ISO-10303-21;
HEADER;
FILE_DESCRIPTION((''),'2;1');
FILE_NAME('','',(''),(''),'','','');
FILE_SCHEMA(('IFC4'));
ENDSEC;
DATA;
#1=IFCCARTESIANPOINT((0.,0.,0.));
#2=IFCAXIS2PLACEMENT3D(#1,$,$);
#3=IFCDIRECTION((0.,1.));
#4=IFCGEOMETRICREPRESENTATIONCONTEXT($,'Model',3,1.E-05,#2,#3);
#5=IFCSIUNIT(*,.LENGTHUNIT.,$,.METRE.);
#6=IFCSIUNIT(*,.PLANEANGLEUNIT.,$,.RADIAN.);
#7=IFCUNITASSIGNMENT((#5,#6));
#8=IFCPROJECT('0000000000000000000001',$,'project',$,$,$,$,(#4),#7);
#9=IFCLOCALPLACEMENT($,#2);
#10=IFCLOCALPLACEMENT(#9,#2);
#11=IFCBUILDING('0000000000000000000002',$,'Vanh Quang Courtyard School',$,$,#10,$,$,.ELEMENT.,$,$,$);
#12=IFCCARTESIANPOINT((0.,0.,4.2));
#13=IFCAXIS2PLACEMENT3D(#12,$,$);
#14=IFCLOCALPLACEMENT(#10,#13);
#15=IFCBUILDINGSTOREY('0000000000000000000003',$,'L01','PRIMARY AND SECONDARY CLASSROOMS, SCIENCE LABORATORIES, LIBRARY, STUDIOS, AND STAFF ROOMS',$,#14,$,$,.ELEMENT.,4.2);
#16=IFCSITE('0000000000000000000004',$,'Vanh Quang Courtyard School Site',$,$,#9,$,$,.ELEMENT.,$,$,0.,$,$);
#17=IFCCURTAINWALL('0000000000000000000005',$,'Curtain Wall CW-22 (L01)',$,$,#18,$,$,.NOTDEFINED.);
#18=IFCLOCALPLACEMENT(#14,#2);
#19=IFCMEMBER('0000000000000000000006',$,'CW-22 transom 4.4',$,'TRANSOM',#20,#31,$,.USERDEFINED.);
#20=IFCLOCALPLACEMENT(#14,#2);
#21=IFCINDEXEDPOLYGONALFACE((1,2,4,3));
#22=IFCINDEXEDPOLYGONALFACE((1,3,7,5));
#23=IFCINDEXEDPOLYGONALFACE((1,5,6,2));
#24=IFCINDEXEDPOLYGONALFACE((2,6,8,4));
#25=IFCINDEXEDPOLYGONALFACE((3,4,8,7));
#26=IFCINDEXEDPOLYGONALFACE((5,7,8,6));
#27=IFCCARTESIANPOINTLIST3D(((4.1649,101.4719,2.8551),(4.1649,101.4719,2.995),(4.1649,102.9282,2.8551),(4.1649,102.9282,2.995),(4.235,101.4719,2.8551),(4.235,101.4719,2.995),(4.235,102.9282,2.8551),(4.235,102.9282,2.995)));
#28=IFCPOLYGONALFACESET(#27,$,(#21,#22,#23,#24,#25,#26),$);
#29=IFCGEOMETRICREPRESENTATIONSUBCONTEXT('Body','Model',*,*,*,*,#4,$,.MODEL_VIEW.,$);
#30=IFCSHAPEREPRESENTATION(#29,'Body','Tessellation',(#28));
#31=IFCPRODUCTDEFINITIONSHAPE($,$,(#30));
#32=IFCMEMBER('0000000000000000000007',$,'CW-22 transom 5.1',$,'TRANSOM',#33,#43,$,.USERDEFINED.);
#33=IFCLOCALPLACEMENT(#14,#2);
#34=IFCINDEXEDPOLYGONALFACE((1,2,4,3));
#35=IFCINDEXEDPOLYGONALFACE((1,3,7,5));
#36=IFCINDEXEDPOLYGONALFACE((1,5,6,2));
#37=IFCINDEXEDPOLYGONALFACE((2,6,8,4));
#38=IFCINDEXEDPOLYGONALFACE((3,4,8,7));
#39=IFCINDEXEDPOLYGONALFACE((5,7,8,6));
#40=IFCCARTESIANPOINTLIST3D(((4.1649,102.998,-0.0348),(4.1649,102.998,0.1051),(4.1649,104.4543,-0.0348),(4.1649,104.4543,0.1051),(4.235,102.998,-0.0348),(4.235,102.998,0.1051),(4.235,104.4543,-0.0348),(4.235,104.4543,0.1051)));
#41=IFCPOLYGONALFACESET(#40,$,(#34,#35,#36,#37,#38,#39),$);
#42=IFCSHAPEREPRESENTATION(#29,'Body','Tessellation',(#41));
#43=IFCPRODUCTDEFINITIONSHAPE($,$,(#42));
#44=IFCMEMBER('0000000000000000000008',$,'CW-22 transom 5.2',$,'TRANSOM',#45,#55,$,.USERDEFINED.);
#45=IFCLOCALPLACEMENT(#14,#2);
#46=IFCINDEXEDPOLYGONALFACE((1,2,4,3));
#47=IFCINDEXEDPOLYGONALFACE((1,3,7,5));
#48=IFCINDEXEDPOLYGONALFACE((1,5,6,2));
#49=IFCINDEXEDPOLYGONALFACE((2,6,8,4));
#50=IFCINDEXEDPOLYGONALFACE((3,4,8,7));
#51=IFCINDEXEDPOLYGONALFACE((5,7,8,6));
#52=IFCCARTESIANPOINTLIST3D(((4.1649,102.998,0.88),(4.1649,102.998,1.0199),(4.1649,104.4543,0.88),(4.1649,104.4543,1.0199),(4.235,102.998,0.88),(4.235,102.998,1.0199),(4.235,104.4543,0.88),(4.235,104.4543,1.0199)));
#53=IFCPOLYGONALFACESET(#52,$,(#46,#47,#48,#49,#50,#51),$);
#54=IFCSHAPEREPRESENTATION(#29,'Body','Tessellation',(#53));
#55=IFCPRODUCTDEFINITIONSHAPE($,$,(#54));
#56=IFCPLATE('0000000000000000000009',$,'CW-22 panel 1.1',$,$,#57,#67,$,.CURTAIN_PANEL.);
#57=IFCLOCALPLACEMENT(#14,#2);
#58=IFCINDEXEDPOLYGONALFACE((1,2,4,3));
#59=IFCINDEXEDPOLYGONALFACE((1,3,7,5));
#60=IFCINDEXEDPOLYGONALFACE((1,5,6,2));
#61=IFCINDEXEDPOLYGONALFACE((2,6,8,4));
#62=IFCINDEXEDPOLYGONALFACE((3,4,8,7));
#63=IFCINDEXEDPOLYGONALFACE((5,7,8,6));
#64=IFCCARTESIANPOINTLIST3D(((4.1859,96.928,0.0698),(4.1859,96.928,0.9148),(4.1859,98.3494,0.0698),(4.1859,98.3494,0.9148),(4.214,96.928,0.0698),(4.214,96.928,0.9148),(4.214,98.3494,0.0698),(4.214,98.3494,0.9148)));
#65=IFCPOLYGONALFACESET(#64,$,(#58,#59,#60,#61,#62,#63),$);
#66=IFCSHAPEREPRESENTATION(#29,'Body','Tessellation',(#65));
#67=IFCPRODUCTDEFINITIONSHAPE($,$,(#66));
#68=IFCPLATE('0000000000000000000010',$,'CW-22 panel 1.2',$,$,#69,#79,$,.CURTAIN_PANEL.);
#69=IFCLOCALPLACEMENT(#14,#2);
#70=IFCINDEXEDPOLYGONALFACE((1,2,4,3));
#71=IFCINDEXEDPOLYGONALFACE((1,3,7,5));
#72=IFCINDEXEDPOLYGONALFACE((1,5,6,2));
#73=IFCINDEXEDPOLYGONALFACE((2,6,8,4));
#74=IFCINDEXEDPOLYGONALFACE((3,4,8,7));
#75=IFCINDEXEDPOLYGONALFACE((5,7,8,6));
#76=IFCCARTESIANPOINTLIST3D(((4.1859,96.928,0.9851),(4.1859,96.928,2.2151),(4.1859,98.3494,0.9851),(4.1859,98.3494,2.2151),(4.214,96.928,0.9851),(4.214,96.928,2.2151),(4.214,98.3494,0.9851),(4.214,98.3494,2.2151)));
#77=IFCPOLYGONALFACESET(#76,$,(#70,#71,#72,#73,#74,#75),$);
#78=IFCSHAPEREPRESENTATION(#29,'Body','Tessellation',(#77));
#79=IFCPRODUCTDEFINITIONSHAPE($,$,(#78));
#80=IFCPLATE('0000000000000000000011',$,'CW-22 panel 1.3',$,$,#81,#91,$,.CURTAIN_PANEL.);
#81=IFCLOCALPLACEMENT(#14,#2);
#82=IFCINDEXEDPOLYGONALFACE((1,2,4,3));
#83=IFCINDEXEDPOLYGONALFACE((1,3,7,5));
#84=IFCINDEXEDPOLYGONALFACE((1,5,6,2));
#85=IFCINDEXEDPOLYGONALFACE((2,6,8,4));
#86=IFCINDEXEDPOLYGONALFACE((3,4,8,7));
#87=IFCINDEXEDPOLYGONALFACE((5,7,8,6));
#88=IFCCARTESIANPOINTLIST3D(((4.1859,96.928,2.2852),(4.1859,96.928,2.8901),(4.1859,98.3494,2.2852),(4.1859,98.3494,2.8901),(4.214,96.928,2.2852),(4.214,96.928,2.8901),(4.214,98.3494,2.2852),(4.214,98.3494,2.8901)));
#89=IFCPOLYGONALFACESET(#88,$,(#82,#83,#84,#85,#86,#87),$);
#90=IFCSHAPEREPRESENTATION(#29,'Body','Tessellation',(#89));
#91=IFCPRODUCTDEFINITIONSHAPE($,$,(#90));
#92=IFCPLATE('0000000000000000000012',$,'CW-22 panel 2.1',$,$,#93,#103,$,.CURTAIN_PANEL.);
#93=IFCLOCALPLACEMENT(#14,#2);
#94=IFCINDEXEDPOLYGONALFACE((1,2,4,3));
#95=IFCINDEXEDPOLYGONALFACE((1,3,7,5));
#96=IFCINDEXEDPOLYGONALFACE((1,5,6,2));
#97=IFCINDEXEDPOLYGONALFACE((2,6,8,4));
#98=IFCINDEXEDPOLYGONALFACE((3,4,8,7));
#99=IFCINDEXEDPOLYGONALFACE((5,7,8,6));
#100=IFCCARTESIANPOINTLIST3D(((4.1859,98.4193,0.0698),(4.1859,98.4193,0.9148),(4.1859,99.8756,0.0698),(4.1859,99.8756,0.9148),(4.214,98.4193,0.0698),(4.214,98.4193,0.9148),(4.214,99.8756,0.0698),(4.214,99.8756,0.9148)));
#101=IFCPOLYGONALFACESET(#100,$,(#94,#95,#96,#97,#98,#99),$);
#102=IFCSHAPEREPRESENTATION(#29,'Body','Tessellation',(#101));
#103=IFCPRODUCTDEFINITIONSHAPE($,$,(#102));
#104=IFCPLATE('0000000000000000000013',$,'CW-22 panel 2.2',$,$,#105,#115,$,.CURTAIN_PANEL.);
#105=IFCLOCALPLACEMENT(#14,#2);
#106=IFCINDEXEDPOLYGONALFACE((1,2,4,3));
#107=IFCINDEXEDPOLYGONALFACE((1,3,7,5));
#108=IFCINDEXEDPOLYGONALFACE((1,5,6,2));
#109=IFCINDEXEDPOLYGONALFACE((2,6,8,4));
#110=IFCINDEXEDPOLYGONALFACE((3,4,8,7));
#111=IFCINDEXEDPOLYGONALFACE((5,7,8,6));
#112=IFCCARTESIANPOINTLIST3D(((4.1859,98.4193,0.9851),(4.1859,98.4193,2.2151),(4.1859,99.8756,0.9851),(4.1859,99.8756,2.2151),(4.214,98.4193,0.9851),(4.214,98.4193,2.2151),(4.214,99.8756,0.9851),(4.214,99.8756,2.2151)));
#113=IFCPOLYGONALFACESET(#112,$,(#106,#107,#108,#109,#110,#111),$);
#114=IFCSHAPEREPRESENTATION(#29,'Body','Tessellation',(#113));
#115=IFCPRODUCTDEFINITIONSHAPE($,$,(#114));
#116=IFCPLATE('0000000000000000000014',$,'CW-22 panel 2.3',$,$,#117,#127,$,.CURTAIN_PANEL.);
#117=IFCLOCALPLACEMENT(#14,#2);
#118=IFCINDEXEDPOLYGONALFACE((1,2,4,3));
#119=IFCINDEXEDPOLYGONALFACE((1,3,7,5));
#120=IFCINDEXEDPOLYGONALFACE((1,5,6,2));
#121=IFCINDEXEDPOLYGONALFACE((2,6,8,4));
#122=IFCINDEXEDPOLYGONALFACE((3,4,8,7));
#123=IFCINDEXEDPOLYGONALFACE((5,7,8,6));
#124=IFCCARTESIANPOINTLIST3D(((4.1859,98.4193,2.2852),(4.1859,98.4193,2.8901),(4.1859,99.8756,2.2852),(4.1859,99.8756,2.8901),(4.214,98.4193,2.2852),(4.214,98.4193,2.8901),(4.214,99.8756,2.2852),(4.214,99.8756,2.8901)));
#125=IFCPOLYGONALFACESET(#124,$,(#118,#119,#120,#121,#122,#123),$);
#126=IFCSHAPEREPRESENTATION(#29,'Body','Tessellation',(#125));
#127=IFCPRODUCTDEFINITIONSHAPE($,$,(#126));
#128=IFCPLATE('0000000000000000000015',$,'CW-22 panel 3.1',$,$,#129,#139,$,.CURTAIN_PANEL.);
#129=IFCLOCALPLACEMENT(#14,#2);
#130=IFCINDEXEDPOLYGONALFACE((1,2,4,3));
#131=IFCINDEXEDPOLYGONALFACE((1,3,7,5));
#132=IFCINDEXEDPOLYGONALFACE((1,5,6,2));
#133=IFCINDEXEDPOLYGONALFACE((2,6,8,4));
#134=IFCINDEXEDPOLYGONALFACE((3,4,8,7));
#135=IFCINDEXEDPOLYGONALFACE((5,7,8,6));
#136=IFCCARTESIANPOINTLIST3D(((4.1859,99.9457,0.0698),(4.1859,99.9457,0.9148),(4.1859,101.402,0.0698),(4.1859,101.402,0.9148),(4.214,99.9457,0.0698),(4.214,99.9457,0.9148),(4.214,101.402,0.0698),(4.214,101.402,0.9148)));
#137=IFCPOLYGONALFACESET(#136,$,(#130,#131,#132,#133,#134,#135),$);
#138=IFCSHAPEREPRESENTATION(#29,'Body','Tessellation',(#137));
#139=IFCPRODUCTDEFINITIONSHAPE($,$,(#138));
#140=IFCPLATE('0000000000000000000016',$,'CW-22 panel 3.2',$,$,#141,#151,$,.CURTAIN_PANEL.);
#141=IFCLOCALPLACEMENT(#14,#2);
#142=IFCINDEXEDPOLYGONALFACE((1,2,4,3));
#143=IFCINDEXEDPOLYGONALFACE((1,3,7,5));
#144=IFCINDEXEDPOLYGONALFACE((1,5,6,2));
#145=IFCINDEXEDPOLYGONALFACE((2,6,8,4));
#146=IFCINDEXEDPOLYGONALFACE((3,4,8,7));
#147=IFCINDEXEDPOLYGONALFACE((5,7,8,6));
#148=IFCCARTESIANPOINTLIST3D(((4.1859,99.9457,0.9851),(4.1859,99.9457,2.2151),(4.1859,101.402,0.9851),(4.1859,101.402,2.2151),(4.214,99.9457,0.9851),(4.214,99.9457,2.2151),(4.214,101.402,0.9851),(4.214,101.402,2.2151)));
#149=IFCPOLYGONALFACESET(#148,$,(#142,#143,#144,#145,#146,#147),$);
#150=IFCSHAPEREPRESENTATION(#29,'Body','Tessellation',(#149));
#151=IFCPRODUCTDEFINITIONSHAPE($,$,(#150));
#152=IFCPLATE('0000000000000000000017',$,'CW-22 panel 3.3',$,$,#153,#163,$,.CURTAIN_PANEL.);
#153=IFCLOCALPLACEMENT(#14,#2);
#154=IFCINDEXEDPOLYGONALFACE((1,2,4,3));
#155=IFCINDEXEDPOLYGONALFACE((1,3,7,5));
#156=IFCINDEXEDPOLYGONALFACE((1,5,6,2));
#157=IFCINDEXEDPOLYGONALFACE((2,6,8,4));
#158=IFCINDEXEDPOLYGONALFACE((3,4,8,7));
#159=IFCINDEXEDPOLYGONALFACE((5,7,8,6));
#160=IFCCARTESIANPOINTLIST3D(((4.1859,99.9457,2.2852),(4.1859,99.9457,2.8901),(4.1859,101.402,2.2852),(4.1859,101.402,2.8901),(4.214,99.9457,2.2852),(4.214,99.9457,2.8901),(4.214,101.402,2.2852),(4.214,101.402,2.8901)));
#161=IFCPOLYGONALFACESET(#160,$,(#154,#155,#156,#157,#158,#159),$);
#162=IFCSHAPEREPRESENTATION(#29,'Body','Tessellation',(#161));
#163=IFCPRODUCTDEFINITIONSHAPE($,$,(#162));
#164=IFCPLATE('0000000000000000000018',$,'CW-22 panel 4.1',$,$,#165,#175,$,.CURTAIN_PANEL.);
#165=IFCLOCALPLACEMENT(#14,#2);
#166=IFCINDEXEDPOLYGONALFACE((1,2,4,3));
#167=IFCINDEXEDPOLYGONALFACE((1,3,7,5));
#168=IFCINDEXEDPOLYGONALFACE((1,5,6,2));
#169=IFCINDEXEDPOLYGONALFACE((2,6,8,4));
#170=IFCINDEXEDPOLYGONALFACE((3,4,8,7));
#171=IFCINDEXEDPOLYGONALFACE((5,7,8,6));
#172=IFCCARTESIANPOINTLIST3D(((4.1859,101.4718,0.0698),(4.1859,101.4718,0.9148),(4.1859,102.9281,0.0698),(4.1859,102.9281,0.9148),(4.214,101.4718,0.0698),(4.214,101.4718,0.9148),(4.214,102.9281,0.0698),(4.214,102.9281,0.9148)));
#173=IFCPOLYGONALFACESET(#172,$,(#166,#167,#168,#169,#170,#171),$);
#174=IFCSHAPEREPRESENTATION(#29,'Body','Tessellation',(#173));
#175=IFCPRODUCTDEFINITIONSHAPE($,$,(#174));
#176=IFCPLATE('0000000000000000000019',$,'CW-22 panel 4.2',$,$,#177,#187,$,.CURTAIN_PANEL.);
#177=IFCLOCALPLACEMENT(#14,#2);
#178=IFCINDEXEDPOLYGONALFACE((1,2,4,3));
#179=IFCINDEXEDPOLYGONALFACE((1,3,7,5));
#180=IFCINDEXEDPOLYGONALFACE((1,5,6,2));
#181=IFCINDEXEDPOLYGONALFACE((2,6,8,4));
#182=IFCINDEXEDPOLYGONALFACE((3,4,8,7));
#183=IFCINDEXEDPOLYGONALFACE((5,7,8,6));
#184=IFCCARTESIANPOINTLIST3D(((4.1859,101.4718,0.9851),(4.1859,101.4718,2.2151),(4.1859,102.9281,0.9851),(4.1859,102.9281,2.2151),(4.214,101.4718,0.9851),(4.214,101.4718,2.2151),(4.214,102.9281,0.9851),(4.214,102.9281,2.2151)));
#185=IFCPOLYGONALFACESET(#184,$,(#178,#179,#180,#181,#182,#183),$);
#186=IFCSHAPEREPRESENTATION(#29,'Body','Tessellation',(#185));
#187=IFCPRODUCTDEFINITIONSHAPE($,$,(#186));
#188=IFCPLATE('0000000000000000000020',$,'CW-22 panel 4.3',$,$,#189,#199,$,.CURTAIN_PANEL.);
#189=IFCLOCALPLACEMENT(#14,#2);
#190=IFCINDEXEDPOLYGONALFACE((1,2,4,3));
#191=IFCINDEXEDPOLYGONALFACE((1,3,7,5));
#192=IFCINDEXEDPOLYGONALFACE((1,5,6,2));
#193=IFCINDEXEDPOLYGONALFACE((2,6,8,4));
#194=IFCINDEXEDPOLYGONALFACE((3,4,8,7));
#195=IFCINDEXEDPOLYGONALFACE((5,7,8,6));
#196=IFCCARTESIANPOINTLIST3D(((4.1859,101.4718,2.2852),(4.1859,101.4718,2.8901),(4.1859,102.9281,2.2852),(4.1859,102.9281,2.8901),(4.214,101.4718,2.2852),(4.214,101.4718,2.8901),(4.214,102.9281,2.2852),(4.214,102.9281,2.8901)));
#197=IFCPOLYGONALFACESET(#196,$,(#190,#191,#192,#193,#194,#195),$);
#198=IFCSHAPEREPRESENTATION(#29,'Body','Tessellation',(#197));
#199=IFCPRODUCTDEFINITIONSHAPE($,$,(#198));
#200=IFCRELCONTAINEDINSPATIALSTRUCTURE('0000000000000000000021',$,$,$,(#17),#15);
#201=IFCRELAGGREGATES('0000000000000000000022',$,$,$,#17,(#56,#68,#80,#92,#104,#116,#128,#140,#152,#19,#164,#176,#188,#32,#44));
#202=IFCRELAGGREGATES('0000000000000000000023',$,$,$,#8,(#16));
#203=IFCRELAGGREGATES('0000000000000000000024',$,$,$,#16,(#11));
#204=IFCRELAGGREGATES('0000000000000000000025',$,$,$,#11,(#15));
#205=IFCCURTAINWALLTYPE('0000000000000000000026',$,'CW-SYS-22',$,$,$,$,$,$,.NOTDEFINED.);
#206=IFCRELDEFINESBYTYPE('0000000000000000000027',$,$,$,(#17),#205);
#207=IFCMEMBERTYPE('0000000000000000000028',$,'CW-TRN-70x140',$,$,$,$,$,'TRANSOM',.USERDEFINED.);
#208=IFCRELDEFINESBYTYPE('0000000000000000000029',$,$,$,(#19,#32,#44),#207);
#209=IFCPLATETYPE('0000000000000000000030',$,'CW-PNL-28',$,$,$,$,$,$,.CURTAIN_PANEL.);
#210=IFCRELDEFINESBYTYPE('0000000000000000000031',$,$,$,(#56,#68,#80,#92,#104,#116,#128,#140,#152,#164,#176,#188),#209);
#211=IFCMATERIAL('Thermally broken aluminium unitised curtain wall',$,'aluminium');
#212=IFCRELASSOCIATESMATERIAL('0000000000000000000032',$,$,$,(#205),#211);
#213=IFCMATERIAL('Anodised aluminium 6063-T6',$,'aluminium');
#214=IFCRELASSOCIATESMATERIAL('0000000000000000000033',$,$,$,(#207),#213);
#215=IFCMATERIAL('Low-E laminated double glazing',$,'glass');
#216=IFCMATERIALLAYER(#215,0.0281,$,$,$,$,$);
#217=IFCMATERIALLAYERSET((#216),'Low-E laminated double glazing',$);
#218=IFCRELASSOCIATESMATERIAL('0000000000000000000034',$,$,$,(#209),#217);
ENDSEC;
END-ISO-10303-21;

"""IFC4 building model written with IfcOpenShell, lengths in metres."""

from ifc_helpers import new_model, si_unit, direction, frame, origin, origin_2d, place, context, subcontext, project, spatial, rectangle, extrude, material, layer, layer_set, material_profile, profile_set, type_object, element, aggregate, save


model = new_model("IFC4")

# Units and contexts
model_context = context("Model", 3, precision=1e-05, world=origin(), true_north=direction((0.0, 1.0)))
body_context = subcontext(model_context, "Body", "Model", "MODEL_VIEW")
ifc_project = project(units=[si_unit("LENGTHUNIT", "METRE"), si_unit("PLANEANGLEUNIT", "RADIAN")], contexts=[model_context])

# Site, building, storey
site_placement = place(None, origin())
site = spatial("IfcSite", under=ifc_project, at=site_placement, Name="Vanh Quang Courtyard School Site", CompositionType="ELEMENT", RefElevation=0.0)
building_placement = place(site_placement, origin())
building = spatial("IfcBuilding", under=site, at=building_placement, Name="Vanh Quang Courtyard School", CompositionType="ELEMENT")
storey_placement = place(building_placement, frame((0.0, 0.0, 4.2)))
storey = spatial("IfcBuildingStorey", under=building, at=storey_placement, Name="L01", Description="PRIMARY AND SECONDARY CLASSROOMS, SCIENCE LABORATORIES, LIBRARY, STUDIOS, AND STAFF ROOMS", CompositionType="ELEMENT", Elevation=4.2)

# Curtain wall, members, plates
ifc_material_1 = material(Name="Thermally broken aluminium unitised curtain wall", Category="aluminium")
curtain_wall_type = type_object("IfcCurtainWallType", Name="CW-SYS-22", PredefinedType="NOTDEFINED", material=ifc_material_1)
curtain_wall_placement = place(storey_placement, origin())
curtain_wall = element("IfcCurtainWall", 1, at=curtain_wall_placement, inside=storey, type_object=curtain_wall_type, Name="Curtain Wall CW-22 (L01)", PredefinedType="NOTDEFINED")
ifc_material_2 = material(Name="Anodised aluminium 6063-T6", Category="aluminium")
ifc_material_profile_1 = material_profile(ifc_material_2, rectangle(XDim=0.0701, YDim=0.1399, at=origin_2d()), Name="ALU-TRN 70x140")
ifc_profile_set_1 = profile_set([ifc_material_profile_1], Name="Anodised aluminium 6063-T6")
member_type_1 = type_object("IfcMemberType", Name="CW-TRN-70x140", ElementType="TRANSOM", PredefinedType="USERDEFINED", material=ifc_profile_set_1)
member_1_placement = place(storey_placement, frame((4.2, 101.4719, 2.925), z_axis=(0.0, 1.0, 0.0), x_axis=(-1.0, 0.0, 0.0)))
member_1 = element("IfcMember", 2, at=member_1_placement, type_object=member_type_1, Name="CW-22 transom 4.4", ObjectType="TRANSOM", PredefinedType="USERDEFINED", context=body_context, shape_type="SweptSolid", body=[
    extrude(rectangle(XDim=0.0701, YDim=0.1399, at=origin_2d()), origin(), (0.0, 0.0, 1.0), 1.4563),
])
member_2_placement = place(storey_placement, frame((4.2, 102.998, 0.0352), z_axis=(0.0, 1.0, 0.0), x_axis=(-1.0, 0.0, 0.0)))
member_2 = element("IfcMember", 3, at=member_2_placement, type_object=member_type_1, Name="CW-22 transom 5.1", ObjectType="TRANSOM", PredefinedType="USERDEFINED", context=body_context, shape_type="SweptSolid", body=[
    extrude(rectangle(XDim=0.0701, YDim=0.1399, at=origin_2d()), origin(), (0.0, 0.0, 1.0), 1.4563),
])
member_3_placement = place(storey_placement, frame((4.2, 102.998, 0.95), z_axis=(0.0, 1.0, 0.0), x_axis=(-1.0, 0.0, 0.0)))
member_3 = element("IfcMember", 4, at=member_3_placement, type_object=member_type_1, Name="CW-22 transom 5.2", ObjectType="TRANSOM", PredefinedType="USERDEFINED", context=body_context, shape_type="SweptSolid", body=[
    extrude(rectangle(XDim=0.0701, YDim=0.1399, at=origin_2d()), origin(), (0.0, 0.0, 1.0), 1.4563),
])
ifc_material_3 = material(Name="Low-E laminated double glazing", Category="glass")
ifc_layer = layer(ifc_material_3, 0.0281)
ifc_layer_set = layer_set([ifc_layer], Name="Low-E laminated double glazing")
plate_type = type_object("IfcPlateType", Name="CW-PNL-28", PredefinedType="CURTAIN_PANEL", material=ifc_layer_set)
plate_1_placement = place(storey_placement, frame((4.2, 97.6387, 0.0698), z_axis=(0.0, 0.0, 1.0), x_axis=(0.0, 1.0, 0.0)))
plate_1 = element("IfcPlate", 5, at=plate_1_placement, type_object=plate_type, Name="CW-22 panel 1.1", PredefinedType="CURTAIN_PANEL", context=body_context, shape_type="SweptSolid", body=[
    extrude(rectangle(XDim=1.4214, YDim=0.0281, at=origin_2d()), origin(), (0.0, 0.0, 1.0), 0.845),
])
plate_2_placement = place(storey_placement, frame((4.2, 97.6387, 0.9851), z_axis=(0.0, 0.0, 1.0), x_axis=(0.0, 1.0, 0.0)))
plate_2 = element("IfcPlate", 6, at=plate_2_placement, type_object=plate_type, Name="CW-22 panel 1.2", PredefinedType="CURTAIN_PANEL", context=body_context, shape_type="SweptSolid", body=[
    extrude(rectangle(XDim=1.4214, YDim=0.0281, at=origin_2d()), origin(), (0.0, 0.0, 1.0), 1.23),
])
plate_3_placement = place(storey_placement, frame((4.2, 97.6387, 2.2852), z_axis=(0.0, 0.0, 1.0), x_axis=(0.0, 1.0, 0.0)))
plate_3 = element("IfcPlate", 7, at=plate_3_placement, type_object=plate_type, Name="CW-22 panel 1.3", PredefinedType="CURTAIN_PANEL", context=body_context, shape_type="SweptSolid", body=[
    extrude(rectangle(XDim=1.4214, YDim=0.0281, at=origin_2d()), origin(), (0.0, 0.0, 1.0), 0.605),
])
plate_4_placement = place(storey_placement, frame((4.2, 99.1475, 0.0698), z_axis=(0.0, 0.0, 1.0), x_axis=(0.0, 1.0, 0.0)))
plate_4 = element("IfcPlate", 8, at=plate_4_placement, type_object=plate_type, Name="CW-22 panel 2.1", PredefinedType="CURTAIN_PANEL", context=body_context, shape_type="SweptSolid", body=[
    extrude(rectangle(XDim=1.4563, YDim=0.0281, at=origin_2d()), origin(), (0.0, 0.0, 1.0), 0.845),
])
plate_5_placement = place(storey_placement, frame((4.2, 99.1475, 0.9851), z_axis=(0.0, 0.0, 1.0), x_axis=(0.0, 1.0, 0.0)))
plate_5 = element("IfcPlate", 9, at=plate_5_placement, type_object=plate_type, Name="CW-22 panel 2.2", PredefinedType="CURTAIN_PANEL", context=body_context, shape_type="SweptSolid", body=[
    extrude(rectangle(XDim=1.4563, YDim=0.0281, at=origin_2d()), origin(), (0.0, 0.0, 1.0), 1.23),
])
plate_6_placement = place(storey_placement, frame((4.2, 99.1475, 2.2852), z_axis=(0.0, 0.0, 1.0), x_axis=(0.0, 1.0, 0.0)))
plate_6 = element("IfcPlate", 10, at=plate_6_placement, type_object=plate_type, Name="CW-22 panel 2.3", PredefinedType="CURTAIN_PANEL", context=body_context, shape_type="SweptSolid", body=[
    extrude(rectangle(XDim=1.4563, YDim=0.0281, at=origin_2d()), origin(), (0.0, 0.0, 1.0), 0.605),
])
plate_7_placement = place(storey_placement, frame((4.2, 100.6738, 0.0698), z_axis=(0.0, 0.0, 1.0), x_axis=(0.0, 1.0, 0.0)))
plate_7 = element("IfcPlate", 11, at=plate_7_placement, type_object=plate_type, Name="CW-22 panel 3.1", PredefinedType="CURTAIN_PANEL", context=body_context, shape_type="SweptSolid", body=[
    extrude(rectangle(XDim=1.4563, YDim=0.0281, at=origin_2d()), origin(), (0.0, 0.0, 1.0), 0.845),
])
plate_8_placement = place(storey_placement, frame((4.2, 100.6738, 0.9851), z_axis=(0.0, 0.0, 1.0), x_axis=(0.0, 1.0, 0.0)))
plate_8 = element("IfcPlate", 12, at=plate_8_placement, type_object=plate_type, Name="CW-22 panel 3.2", PredefinedType="CURTAIN_PANEL", context=body_context, shape_type="SweptSolid", body=[
    extrude(rectangle(XDim=1.4563, YDim=0.0281, at=origin_2d()), origin(), (0.0, 0.0, 1.0), 1.23),
])
plate_9_placement = place(storey_placement, frame((4.2, 100.6738, 2.2852), z_axis=(0.0, 0.0, 1.0), x_axis=(0.0, 1.0, 0.0)))
plate_9 = element("IfcPlate", 13, at=plate_9_placement, type_object=plate_type, Name="CW-22 panel 3.3", PredefinedType="CURTAIN_PANEL", context=body_context, shape_type="SweptSolid", body=[
    extrude(rectangle(XDim=1.4563, YDim=0.0281, at=origin_2d()), origin(), (0.0, 0.0, 1.0), 0.605),
])
plate_10_placement = place(storey_placement, frame((4.2, 102.2, 0.0698), z_axis=(0.0, 0.0, 1.0), x_axis=(0.0, 1.0, 0.0)))
plate_10 = element("IfcPlate", 14, at=plate_10_placement, type_object=plate_type, Name="CW-22 panel 4.1", PredefinedType="CURTAIN_PANEL", context=body_context, shape_type="SweptSolid", body=[
    extrude(rectangle(XDim=1.4563, YDim=0.0281, at=origin_2d()), origin(), (0.0, 0.0, 1.0), 0.845),
])
plate_11_placement = place(storey_placement, frame((4.2, 102.2, 0.9851), z_axis=(0.0, 0.0, 1.0), x_axis=(0.0, 1.0, 0.0)))
plate_11 = element("IfcPlate", 15, at=plate_11_placement, type_object=plate_type, Name="CW-22 panel 4.2", PredefinedType="CURTAIN_PANEL", context=body_context, shape_type="SweptSolid", body=[
    extrude(rectangle(XDim=1.4563, YDim=0.0281, at=origin_2d()), origin(), (0.0, 0.0, 1.0), 1.23),
])
plate_12_placement = place(storey_placement, frame((4.2, 102.2, 2.2852), z_axis=(0.0, 0.0, 1.0), x_axis=(0.0, 1.0, 0.0)))
plate_12 = element("IfcPlate", 16, at=plate_12_placement, type_object=plate_type, Name="CW-22 panel 4.3", PredefinedType="CURTAIN_PANEL", context=body_context, shape_type="SweptSolid", body=[
    extrude(rectangle(XDim=1.4563, YDim=0.0281, at=origin_2d()), origin(), (0.0, 0.0, 1.0), 0.605),
])
aggregate(curtain_wall, [plate_1, plate_2, plate_3, plate_4, plate_5, plate_6, plate_7, plate_8, plate_9, member_1, plate_10, plate_11, plate_12, member_2, member_3])

save(model, "model.ifc")
